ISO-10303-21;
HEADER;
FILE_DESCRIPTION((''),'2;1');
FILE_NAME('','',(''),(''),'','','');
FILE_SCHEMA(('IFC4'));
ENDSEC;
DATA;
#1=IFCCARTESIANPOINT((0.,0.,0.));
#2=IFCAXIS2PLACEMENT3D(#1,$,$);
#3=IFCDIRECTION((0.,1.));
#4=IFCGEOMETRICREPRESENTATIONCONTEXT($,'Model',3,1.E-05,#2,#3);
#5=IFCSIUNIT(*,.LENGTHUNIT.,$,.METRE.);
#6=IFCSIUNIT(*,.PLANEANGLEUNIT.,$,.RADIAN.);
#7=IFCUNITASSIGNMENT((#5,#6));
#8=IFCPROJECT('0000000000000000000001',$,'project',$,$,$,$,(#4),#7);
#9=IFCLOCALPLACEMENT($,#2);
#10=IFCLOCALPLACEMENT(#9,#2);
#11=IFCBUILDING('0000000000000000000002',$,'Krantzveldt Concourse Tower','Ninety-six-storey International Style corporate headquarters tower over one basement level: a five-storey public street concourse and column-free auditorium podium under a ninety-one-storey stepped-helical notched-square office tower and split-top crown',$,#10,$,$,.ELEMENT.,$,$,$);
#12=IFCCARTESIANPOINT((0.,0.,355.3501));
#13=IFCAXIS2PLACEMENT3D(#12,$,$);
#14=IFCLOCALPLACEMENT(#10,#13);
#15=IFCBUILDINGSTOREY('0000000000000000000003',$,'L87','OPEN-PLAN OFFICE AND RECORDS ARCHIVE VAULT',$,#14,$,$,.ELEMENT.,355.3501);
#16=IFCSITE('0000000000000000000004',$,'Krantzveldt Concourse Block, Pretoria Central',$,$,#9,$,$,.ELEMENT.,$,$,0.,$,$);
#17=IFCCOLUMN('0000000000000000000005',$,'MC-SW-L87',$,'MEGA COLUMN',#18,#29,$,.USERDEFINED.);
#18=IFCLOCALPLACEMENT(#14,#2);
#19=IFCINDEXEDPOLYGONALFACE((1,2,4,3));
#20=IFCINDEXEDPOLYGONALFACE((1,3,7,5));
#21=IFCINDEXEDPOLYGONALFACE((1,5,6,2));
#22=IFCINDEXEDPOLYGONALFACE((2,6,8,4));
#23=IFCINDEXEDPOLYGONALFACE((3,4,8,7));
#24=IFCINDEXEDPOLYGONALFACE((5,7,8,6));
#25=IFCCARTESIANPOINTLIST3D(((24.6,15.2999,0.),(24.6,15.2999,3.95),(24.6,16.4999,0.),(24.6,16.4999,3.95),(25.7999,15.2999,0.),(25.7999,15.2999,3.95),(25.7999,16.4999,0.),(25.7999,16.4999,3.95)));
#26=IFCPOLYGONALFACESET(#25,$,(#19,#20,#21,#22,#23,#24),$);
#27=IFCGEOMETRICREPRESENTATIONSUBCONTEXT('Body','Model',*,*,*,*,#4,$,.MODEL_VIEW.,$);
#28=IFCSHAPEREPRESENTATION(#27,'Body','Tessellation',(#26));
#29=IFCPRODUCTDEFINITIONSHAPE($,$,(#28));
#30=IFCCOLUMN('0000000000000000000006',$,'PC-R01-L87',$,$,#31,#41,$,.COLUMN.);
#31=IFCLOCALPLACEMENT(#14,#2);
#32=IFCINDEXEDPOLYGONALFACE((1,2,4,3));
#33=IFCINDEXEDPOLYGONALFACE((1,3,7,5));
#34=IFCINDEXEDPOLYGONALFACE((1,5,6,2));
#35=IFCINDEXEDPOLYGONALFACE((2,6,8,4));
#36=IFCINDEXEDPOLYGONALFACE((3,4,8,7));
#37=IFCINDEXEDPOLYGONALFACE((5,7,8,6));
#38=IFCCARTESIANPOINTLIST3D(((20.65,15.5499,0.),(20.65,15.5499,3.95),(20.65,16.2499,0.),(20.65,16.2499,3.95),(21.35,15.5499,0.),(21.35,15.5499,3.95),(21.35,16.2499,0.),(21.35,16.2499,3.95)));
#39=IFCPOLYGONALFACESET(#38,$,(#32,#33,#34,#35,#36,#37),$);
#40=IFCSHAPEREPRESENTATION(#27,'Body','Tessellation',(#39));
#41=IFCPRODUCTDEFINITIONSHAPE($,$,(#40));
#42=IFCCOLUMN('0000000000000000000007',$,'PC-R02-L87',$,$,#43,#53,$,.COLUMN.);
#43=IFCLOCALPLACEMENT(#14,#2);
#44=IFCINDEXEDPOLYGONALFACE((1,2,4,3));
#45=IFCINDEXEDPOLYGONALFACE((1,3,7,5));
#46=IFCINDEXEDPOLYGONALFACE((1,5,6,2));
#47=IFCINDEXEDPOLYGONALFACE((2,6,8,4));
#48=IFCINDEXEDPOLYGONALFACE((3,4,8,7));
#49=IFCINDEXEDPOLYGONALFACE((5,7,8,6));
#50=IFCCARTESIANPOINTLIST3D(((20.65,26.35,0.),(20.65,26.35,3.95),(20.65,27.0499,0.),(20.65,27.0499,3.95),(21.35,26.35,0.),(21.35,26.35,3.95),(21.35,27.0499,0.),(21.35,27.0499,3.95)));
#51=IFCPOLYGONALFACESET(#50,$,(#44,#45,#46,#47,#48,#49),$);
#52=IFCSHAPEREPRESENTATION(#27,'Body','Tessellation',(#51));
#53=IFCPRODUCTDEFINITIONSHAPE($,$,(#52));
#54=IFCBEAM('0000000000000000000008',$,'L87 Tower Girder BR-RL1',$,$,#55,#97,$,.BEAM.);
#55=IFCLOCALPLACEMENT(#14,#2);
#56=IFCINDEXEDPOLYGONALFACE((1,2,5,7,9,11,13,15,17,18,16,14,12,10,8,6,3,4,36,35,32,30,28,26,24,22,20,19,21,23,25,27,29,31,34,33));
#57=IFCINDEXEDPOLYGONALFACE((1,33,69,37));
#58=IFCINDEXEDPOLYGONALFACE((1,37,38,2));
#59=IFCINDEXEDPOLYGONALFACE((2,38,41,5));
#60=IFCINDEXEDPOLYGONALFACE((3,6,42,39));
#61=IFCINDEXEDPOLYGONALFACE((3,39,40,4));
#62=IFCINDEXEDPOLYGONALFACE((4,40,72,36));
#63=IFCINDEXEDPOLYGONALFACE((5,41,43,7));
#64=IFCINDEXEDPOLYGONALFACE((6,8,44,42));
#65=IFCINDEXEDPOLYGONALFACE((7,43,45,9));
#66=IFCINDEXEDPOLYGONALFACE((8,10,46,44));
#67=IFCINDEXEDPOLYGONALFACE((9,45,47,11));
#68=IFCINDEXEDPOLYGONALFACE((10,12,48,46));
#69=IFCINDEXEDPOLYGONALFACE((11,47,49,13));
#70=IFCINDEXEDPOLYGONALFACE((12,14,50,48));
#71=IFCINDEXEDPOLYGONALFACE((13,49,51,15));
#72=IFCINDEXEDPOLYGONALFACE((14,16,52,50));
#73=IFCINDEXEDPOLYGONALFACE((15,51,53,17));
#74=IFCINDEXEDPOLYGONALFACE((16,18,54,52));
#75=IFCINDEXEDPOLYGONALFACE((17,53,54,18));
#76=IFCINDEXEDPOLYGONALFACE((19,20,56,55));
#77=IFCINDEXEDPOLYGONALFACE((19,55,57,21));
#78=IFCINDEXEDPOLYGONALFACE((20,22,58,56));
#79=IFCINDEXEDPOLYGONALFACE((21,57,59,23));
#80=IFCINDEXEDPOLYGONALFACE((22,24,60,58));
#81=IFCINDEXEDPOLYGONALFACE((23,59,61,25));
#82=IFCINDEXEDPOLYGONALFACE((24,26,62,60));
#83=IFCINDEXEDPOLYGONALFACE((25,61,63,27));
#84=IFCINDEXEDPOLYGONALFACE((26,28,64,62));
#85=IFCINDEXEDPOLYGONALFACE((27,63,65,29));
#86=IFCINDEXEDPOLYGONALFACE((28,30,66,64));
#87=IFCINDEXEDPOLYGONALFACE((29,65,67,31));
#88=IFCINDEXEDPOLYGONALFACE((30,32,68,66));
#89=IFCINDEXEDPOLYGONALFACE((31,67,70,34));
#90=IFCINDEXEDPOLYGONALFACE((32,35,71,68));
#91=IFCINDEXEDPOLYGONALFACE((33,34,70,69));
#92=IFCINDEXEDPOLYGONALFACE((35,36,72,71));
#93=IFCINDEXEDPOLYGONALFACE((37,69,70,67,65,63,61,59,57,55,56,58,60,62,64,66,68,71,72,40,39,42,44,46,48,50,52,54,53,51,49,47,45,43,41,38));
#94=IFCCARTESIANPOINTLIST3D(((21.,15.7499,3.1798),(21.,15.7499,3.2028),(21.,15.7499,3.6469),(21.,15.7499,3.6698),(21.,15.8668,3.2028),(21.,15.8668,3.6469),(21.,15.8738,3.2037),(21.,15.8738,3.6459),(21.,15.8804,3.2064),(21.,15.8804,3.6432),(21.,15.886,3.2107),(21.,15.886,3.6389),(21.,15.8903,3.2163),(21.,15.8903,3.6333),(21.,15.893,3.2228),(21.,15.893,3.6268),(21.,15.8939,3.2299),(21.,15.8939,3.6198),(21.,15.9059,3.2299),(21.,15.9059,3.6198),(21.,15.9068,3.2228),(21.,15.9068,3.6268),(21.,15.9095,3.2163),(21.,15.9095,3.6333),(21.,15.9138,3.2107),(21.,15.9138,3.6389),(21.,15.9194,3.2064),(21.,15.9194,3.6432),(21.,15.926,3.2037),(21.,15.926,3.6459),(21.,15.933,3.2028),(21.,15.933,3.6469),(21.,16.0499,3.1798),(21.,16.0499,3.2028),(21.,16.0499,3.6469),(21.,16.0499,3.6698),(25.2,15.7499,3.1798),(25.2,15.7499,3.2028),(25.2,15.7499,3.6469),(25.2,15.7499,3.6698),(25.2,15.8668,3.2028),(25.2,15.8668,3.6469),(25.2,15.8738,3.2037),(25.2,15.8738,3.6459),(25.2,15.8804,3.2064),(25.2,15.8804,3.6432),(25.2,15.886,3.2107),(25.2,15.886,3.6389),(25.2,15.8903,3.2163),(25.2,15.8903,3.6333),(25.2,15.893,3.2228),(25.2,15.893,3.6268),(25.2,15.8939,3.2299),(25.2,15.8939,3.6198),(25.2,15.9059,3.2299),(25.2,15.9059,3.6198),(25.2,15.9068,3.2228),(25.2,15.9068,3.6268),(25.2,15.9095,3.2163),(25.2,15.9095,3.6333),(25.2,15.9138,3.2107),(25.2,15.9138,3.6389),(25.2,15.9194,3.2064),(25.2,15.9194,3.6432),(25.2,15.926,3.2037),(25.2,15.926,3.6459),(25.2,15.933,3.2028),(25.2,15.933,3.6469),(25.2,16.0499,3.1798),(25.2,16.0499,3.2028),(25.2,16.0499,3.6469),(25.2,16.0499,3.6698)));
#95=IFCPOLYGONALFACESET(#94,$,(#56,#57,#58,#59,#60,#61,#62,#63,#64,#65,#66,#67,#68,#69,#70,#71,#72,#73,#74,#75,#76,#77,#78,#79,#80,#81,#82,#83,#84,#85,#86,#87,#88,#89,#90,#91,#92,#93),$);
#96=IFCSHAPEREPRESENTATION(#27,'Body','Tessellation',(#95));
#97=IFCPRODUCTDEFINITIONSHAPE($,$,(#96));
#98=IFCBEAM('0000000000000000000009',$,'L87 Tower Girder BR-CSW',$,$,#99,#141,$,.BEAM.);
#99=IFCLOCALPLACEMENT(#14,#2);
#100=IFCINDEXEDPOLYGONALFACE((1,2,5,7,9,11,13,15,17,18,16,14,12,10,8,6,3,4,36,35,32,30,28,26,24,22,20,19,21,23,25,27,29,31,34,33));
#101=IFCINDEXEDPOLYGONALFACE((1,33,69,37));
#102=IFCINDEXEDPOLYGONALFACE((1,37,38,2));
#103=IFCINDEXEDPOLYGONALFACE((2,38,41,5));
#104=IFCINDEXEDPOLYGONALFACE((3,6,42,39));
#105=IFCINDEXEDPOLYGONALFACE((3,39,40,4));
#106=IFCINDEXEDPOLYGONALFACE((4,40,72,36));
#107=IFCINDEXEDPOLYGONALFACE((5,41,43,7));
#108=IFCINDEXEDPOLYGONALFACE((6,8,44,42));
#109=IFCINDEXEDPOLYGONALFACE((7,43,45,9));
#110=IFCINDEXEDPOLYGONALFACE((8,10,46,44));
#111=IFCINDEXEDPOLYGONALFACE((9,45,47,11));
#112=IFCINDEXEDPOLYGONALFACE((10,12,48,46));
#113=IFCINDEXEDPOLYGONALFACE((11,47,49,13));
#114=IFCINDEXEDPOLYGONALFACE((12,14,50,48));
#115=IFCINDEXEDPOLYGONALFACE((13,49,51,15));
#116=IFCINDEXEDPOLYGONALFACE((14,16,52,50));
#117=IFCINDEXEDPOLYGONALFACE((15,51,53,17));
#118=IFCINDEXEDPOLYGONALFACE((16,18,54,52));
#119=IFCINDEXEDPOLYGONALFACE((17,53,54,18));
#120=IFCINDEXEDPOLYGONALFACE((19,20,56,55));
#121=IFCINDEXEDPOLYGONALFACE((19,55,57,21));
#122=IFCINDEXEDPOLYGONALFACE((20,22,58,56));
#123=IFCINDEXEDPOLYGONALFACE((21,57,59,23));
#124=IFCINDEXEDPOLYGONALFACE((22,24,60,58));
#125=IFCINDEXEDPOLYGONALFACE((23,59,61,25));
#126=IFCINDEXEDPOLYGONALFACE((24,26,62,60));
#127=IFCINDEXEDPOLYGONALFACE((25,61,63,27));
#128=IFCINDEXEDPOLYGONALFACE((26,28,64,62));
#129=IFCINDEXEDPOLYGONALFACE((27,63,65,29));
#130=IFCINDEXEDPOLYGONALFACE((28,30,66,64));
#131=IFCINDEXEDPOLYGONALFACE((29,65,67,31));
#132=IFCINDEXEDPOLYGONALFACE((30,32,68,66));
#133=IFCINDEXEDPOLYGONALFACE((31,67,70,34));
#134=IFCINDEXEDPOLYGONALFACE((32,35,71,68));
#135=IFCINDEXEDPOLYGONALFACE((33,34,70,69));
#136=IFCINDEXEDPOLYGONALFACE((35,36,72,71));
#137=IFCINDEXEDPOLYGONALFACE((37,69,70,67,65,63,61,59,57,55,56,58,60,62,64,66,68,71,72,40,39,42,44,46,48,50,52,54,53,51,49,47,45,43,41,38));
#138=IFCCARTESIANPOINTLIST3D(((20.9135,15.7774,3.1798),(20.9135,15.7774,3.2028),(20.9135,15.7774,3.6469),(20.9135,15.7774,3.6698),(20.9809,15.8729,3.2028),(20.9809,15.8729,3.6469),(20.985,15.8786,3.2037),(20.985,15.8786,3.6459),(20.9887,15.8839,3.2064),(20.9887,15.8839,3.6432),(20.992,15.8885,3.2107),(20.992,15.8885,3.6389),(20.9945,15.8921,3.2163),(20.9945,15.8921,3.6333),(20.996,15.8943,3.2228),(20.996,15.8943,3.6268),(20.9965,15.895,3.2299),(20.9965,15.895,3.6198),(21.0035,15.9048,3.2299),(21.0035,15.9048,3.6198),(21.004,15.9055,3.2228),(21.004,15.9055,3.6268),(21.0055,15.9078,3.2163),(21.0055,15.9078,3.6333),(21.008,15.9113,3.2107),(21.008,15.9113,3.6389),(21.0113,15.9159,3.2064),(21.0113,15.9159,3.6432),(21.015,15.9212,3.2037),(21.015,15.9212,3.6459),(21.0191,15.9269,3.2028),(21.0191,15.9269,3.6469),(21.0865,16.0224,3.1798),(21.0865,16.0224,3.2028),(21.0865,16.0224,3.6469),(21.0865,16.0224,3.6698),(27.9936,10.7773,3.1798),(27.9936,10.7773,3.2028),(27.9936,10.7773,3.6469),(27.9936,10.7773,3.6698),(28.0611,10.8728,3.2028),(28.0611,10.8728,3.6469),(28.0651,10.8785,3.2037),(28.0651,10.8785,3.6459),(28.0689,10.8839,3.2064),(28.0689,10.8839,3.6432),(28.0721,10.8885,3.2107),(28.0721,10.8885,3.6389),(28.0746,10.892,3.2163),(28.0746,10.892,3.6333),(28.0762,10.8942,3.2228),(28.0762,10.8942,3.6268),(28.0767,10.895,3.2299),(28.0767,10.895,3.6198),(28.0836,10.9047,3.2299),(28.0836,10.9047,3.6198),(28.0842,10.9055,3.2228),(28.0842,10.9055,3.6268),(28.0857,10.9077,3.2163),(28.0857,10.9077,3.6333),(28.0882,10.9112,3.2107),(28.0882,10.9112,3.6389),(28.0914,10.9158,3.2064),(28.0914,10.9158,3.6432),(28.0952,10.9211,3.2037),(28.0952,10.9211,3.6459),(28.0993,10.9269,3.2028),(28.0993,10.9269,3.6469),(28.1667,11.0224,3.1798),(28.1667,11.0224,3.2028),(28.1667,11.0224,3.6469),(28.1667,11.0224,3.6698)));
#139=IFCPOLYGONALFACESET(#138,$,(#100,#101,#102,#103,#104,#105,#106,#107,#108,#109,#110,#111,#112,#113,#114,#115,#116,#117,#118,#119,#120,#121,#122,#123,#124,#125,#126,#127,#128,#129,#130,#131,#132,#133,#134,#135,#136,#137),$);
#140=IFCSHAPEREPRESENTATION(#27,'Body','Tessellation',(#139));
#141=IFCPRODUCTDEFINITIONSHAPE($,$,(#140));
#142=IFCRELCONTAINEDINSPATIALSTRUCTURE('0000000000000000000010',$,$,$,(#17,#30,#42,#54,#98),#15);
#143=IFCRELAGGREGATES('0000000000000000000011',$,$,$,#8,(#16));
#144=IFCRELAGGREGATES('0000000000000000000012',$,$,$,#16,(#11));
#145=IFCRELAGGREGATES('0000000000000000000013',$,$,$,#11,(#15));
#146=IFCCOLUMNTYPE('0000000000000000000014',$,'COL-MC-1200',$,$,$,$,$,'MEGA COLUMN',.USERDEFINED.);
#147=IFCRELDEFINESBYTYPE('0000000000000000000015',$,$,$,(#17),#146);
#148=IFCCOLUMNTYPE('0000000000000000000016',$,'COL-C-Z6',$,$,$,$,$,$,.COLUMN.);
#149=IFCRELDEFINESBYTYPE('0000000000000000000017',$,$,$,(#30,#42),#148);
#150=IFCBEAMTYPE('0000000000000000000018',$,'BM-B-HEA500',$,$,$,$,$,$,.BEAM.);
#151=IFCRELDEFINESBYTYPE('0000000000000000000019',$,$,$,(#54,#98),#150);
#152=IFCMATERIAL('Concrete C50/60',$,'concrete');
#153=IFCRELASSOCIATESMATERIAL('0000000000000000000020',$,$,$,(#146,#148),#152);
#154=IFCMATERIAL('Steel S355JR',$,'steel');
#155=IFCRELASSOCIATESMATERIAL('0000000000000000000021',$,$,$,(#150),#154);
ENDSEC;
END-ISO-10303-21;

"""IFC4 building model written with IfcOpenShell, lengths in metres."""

from ifc_helpers import new_model, si_unit, direction, frame, origin, origin_2d, place, context, subcontext, project, spatial, rectangle, i_section, extrude, source, transform, mapped, material, material_profile, profile_set, type_object, type_shapes, element, save


model = new_model("IFC4")

# Units and contexts
model_context = context("Model", 3, precision=1e-05, world=origin(), true_north=direction((0.0, 1.0)))
body_context = subcontext(model_context, "Body", "Model", "MODEL_VIEW")
ifc_project = project(units=[si_unit("LENGTHUNIT", "METRE"), si_unit("PLANEANGLEUNIT", "RADIAN")], contexts=[model_context])

# Site, building, storey
site_placement = place(None, origin())
site = spatial("IfcSite", under=ifc_project, at=site_placement, Name="Krantzveldt Concourse Block, Pretoria Central", CompositionType="ELEMENT", RefElevation=0.0)
building_placement = place(site_placement, origin())
building = spatial("IfcBuilding", under=site, at=building_placement, Name="Krantzveldt Concourse Tower", Description="Ninety-six-storey International Style corporate headquarters tower over one basement level: a five-storey public street concourse and column-free auditorium podium under a ninety-one-storey stepped-helical notched-square office tower and split-top crown", CompositionType="ELEMENT")
storey_placement = place(building_placement, frame((0.0, 0.0, 355.3501)))
storey = spatial("IfcBuildingStorey", under=building, at=storey_placement, Name="L87", Description="OPEN-PLAN OFFICE AND RECORDS ARCHIVE VAULT", CompositionType="ELEMENT", Elevation=355.3501)

# Columns
ifc_material_1 = material(Name="Concrete C50/60", Category="concrete")
ifc_material_profile_1 = material_profile(ifc_material_1, rectangle(XDim=1.2, YDim=1.2, at=origin_2d()), Name="Concrete C50/60", Category="concrete")
ifc_profile_set_1 = profile_set([ifc_material_profile_1], Name="Concrete C50/60 - RC 1200x1200")
column_type_1 = type_object("IfcColumnType", Name="COL-MC-1200", ElementType="MEGA COLUMN", PredefinedType="USERDEFINED", material=ifc_profile_set_1)
shared_shape_1 = source(origin(), body_context, "Body", "SweptSolid", [
    extrude(rectangle(XDim=1.2, YDim=1.2, at=origin_2d()), origin(), (0.0, 0.0, 1.0), 3.95),
])
type_shapes(column_type_1, [shared_shape_1])
column_placement = place(storey_placement, frame((25.2, 15.8999, 0.0), z_axis=(0.0, 0.0, 1.0), x_axis=(1.0, 0.0, 0.0)))
element("IfcColumn", 1, at=column_placement, inside=storey, type_object=column_type_1, Name="MC-SW-L87", ObjectType="MEGA COLUMN", PredefinedType="USERDEFINED", context=body_context, shape_type="MappedRepresentation", body=[
    mapped(shared_shape_1, transform((0.0, 0.0, 0.0), x_axis=(1.0, 0.0, 0.0), y_axis=(0.0, 1.0, 0.0), z_axis=(0.0, 0.0, 1.0), scale=1.0)),
])
ifc_material_profile_2 = material_profile(ifc_material_1, rectangle(XDim=0.7, YDim=0.7, at=origin_2d()), Name="Concrete C50/60", Category="concrete")
ifc_profile_set_2 = profile_set([ifc_material_profile_2], Name="Concrete C50/60 - RC 700x700")
column_type_2 = type_object("IfcColumnType", Name="COL-C-Z6", PredefinedType="COLUMN", material=ifc_profile_set_2)
shared_shape_2 = source(origin(), body_context, "Body", "SweptSolid", [
    extrude(rectangle(XDim=0.7, YDim=0.7, at=origin_2d()), origin(), (0.0, 0.0, 1.0), 3.95),
])
type_shapes(column_type_2, [shared_shape_2])
for number, where, z_axis, x_axis, name in (
    (2, (21.0, 15.8999, 0.0), (0.0, 0.0, 1.0), (1.0, 0.0, 0.0), "PC-R01-L87"),
    (3, (21.0, 26.7, 0.0), (0.0, 0.0, 1.0), (1.0, 0.0, 0.0), "PC-R02-L87"),
):
    element("IfcColumn", number, at=place(storey_placement, frame(where, z_axis=z_axis, x_axis=x_axis)), inside=storey, type_object=column_type_2, Name=name, PredefinedType="COLUMN", context=body_context, shape_type="MappedRepresentation", body=[
        mapped(shared_shape_2, transform((0.0, 0.0, 0.0), x_axis=(1.0, 0.0, 0.0), y_axis=(0.0, 1.0, 0.0), z_axis=(0.0, 0.0, 1.0), scale=1.0)),
    ])

# Beams
ifc_material_2 = material(Name="Steel S355JR", Category="steel")
ifc_material_profile_3 = material_profile(ifc_material_2, i_section(OverallWidth=0.3, OverallDepth=0.49, WebThickness=0.012, FlangeThickness=0.0229, FilletRadius=0.0271, at=origin_2d()), Name="Steel S355JR", Category="steel")
ifc_profile_set_3 = profile_set([ifc_material_profile_3], Name="Steel S355JR - HEA 500")
beam_type_1 = type_object("IfcBeamType", Name="BM-B-HEA500", PredefinedType="BEAM", material=ifc_profile_set_3)
shared_shape_3 = source(origin(), body_context, "Body", "SweptSolid", [
    extrude(i_section(OverallWidth=0.3, OverallDepth=0.49, WebThickness=0.012, FlangeThickness=0.0229, FilletRadius=0.0271, at=origin_2d()), origin(), (0.0, 0.0, 1.0), 4.2),
])
beam_1_placement = place(storey_placement, frame((21.0, 15.8999, 3.4248), z_axis=(1.0, 0.0, 0.0), x_axis=(0.0, 1.0, 0.0)))
element("IfcBeam", 4, at=beam_1_placement, inside=storey, type_object=beam_type_1, Name="L87 Tower Girder BR-RL1", PredefinedType="BEAM", context=body_context, shape_type="MappedRepresentation", body=[
    mapped(shared_shape_3, transform((0.0, 0.0, 0.0), x_axis=(1.0, 0.0, 0.0), y_axis=(0.0, 1.0, 0.0), z_axis=(0.0, 0.0, 1.0), scale=1.0)),
])
shared_shape_4 = source(origin(), body_context, "Body", "SweptSolid", [
    extrude(i_section(OverallWidth=0.3, OverallDepth=0.49, WebThickness=0.012, FlangeThickness=0.0229, FilletRadius=0.0271, at=origin_2d()), origin(), (0.0, 0.0, 1.0), 8.6677),
])
type_shapes(beam_type_1, [shared_shape_3, shared_shape_4])
beam_2_placement = place(storey_placement, frame((21.0, 15.8999, 3.4248), z_axis=(0.816843, -0.57686, 0.0), x_axis=(0.57686, 0.816843, 0.0)))
element("IfcBeam", 5, at=beam_2_placement, inside=storey, type_object=beam_type_1, Name="L87 Tower Girder BR-CSW", PredefinedType="BEAM", context=body_context, shape_type="MappedRepresentation", body=[
    mapped(shared_shape_4, transform((0.0, 0.0, 0.0), x_axis=(1.0, 0.0, 0.0), y_axis=(0.0, 1.0, 0.0), z_axis=(0.0, 0.0, 1.0), scale=1.0)),
])

save(model, "model.ifc")
